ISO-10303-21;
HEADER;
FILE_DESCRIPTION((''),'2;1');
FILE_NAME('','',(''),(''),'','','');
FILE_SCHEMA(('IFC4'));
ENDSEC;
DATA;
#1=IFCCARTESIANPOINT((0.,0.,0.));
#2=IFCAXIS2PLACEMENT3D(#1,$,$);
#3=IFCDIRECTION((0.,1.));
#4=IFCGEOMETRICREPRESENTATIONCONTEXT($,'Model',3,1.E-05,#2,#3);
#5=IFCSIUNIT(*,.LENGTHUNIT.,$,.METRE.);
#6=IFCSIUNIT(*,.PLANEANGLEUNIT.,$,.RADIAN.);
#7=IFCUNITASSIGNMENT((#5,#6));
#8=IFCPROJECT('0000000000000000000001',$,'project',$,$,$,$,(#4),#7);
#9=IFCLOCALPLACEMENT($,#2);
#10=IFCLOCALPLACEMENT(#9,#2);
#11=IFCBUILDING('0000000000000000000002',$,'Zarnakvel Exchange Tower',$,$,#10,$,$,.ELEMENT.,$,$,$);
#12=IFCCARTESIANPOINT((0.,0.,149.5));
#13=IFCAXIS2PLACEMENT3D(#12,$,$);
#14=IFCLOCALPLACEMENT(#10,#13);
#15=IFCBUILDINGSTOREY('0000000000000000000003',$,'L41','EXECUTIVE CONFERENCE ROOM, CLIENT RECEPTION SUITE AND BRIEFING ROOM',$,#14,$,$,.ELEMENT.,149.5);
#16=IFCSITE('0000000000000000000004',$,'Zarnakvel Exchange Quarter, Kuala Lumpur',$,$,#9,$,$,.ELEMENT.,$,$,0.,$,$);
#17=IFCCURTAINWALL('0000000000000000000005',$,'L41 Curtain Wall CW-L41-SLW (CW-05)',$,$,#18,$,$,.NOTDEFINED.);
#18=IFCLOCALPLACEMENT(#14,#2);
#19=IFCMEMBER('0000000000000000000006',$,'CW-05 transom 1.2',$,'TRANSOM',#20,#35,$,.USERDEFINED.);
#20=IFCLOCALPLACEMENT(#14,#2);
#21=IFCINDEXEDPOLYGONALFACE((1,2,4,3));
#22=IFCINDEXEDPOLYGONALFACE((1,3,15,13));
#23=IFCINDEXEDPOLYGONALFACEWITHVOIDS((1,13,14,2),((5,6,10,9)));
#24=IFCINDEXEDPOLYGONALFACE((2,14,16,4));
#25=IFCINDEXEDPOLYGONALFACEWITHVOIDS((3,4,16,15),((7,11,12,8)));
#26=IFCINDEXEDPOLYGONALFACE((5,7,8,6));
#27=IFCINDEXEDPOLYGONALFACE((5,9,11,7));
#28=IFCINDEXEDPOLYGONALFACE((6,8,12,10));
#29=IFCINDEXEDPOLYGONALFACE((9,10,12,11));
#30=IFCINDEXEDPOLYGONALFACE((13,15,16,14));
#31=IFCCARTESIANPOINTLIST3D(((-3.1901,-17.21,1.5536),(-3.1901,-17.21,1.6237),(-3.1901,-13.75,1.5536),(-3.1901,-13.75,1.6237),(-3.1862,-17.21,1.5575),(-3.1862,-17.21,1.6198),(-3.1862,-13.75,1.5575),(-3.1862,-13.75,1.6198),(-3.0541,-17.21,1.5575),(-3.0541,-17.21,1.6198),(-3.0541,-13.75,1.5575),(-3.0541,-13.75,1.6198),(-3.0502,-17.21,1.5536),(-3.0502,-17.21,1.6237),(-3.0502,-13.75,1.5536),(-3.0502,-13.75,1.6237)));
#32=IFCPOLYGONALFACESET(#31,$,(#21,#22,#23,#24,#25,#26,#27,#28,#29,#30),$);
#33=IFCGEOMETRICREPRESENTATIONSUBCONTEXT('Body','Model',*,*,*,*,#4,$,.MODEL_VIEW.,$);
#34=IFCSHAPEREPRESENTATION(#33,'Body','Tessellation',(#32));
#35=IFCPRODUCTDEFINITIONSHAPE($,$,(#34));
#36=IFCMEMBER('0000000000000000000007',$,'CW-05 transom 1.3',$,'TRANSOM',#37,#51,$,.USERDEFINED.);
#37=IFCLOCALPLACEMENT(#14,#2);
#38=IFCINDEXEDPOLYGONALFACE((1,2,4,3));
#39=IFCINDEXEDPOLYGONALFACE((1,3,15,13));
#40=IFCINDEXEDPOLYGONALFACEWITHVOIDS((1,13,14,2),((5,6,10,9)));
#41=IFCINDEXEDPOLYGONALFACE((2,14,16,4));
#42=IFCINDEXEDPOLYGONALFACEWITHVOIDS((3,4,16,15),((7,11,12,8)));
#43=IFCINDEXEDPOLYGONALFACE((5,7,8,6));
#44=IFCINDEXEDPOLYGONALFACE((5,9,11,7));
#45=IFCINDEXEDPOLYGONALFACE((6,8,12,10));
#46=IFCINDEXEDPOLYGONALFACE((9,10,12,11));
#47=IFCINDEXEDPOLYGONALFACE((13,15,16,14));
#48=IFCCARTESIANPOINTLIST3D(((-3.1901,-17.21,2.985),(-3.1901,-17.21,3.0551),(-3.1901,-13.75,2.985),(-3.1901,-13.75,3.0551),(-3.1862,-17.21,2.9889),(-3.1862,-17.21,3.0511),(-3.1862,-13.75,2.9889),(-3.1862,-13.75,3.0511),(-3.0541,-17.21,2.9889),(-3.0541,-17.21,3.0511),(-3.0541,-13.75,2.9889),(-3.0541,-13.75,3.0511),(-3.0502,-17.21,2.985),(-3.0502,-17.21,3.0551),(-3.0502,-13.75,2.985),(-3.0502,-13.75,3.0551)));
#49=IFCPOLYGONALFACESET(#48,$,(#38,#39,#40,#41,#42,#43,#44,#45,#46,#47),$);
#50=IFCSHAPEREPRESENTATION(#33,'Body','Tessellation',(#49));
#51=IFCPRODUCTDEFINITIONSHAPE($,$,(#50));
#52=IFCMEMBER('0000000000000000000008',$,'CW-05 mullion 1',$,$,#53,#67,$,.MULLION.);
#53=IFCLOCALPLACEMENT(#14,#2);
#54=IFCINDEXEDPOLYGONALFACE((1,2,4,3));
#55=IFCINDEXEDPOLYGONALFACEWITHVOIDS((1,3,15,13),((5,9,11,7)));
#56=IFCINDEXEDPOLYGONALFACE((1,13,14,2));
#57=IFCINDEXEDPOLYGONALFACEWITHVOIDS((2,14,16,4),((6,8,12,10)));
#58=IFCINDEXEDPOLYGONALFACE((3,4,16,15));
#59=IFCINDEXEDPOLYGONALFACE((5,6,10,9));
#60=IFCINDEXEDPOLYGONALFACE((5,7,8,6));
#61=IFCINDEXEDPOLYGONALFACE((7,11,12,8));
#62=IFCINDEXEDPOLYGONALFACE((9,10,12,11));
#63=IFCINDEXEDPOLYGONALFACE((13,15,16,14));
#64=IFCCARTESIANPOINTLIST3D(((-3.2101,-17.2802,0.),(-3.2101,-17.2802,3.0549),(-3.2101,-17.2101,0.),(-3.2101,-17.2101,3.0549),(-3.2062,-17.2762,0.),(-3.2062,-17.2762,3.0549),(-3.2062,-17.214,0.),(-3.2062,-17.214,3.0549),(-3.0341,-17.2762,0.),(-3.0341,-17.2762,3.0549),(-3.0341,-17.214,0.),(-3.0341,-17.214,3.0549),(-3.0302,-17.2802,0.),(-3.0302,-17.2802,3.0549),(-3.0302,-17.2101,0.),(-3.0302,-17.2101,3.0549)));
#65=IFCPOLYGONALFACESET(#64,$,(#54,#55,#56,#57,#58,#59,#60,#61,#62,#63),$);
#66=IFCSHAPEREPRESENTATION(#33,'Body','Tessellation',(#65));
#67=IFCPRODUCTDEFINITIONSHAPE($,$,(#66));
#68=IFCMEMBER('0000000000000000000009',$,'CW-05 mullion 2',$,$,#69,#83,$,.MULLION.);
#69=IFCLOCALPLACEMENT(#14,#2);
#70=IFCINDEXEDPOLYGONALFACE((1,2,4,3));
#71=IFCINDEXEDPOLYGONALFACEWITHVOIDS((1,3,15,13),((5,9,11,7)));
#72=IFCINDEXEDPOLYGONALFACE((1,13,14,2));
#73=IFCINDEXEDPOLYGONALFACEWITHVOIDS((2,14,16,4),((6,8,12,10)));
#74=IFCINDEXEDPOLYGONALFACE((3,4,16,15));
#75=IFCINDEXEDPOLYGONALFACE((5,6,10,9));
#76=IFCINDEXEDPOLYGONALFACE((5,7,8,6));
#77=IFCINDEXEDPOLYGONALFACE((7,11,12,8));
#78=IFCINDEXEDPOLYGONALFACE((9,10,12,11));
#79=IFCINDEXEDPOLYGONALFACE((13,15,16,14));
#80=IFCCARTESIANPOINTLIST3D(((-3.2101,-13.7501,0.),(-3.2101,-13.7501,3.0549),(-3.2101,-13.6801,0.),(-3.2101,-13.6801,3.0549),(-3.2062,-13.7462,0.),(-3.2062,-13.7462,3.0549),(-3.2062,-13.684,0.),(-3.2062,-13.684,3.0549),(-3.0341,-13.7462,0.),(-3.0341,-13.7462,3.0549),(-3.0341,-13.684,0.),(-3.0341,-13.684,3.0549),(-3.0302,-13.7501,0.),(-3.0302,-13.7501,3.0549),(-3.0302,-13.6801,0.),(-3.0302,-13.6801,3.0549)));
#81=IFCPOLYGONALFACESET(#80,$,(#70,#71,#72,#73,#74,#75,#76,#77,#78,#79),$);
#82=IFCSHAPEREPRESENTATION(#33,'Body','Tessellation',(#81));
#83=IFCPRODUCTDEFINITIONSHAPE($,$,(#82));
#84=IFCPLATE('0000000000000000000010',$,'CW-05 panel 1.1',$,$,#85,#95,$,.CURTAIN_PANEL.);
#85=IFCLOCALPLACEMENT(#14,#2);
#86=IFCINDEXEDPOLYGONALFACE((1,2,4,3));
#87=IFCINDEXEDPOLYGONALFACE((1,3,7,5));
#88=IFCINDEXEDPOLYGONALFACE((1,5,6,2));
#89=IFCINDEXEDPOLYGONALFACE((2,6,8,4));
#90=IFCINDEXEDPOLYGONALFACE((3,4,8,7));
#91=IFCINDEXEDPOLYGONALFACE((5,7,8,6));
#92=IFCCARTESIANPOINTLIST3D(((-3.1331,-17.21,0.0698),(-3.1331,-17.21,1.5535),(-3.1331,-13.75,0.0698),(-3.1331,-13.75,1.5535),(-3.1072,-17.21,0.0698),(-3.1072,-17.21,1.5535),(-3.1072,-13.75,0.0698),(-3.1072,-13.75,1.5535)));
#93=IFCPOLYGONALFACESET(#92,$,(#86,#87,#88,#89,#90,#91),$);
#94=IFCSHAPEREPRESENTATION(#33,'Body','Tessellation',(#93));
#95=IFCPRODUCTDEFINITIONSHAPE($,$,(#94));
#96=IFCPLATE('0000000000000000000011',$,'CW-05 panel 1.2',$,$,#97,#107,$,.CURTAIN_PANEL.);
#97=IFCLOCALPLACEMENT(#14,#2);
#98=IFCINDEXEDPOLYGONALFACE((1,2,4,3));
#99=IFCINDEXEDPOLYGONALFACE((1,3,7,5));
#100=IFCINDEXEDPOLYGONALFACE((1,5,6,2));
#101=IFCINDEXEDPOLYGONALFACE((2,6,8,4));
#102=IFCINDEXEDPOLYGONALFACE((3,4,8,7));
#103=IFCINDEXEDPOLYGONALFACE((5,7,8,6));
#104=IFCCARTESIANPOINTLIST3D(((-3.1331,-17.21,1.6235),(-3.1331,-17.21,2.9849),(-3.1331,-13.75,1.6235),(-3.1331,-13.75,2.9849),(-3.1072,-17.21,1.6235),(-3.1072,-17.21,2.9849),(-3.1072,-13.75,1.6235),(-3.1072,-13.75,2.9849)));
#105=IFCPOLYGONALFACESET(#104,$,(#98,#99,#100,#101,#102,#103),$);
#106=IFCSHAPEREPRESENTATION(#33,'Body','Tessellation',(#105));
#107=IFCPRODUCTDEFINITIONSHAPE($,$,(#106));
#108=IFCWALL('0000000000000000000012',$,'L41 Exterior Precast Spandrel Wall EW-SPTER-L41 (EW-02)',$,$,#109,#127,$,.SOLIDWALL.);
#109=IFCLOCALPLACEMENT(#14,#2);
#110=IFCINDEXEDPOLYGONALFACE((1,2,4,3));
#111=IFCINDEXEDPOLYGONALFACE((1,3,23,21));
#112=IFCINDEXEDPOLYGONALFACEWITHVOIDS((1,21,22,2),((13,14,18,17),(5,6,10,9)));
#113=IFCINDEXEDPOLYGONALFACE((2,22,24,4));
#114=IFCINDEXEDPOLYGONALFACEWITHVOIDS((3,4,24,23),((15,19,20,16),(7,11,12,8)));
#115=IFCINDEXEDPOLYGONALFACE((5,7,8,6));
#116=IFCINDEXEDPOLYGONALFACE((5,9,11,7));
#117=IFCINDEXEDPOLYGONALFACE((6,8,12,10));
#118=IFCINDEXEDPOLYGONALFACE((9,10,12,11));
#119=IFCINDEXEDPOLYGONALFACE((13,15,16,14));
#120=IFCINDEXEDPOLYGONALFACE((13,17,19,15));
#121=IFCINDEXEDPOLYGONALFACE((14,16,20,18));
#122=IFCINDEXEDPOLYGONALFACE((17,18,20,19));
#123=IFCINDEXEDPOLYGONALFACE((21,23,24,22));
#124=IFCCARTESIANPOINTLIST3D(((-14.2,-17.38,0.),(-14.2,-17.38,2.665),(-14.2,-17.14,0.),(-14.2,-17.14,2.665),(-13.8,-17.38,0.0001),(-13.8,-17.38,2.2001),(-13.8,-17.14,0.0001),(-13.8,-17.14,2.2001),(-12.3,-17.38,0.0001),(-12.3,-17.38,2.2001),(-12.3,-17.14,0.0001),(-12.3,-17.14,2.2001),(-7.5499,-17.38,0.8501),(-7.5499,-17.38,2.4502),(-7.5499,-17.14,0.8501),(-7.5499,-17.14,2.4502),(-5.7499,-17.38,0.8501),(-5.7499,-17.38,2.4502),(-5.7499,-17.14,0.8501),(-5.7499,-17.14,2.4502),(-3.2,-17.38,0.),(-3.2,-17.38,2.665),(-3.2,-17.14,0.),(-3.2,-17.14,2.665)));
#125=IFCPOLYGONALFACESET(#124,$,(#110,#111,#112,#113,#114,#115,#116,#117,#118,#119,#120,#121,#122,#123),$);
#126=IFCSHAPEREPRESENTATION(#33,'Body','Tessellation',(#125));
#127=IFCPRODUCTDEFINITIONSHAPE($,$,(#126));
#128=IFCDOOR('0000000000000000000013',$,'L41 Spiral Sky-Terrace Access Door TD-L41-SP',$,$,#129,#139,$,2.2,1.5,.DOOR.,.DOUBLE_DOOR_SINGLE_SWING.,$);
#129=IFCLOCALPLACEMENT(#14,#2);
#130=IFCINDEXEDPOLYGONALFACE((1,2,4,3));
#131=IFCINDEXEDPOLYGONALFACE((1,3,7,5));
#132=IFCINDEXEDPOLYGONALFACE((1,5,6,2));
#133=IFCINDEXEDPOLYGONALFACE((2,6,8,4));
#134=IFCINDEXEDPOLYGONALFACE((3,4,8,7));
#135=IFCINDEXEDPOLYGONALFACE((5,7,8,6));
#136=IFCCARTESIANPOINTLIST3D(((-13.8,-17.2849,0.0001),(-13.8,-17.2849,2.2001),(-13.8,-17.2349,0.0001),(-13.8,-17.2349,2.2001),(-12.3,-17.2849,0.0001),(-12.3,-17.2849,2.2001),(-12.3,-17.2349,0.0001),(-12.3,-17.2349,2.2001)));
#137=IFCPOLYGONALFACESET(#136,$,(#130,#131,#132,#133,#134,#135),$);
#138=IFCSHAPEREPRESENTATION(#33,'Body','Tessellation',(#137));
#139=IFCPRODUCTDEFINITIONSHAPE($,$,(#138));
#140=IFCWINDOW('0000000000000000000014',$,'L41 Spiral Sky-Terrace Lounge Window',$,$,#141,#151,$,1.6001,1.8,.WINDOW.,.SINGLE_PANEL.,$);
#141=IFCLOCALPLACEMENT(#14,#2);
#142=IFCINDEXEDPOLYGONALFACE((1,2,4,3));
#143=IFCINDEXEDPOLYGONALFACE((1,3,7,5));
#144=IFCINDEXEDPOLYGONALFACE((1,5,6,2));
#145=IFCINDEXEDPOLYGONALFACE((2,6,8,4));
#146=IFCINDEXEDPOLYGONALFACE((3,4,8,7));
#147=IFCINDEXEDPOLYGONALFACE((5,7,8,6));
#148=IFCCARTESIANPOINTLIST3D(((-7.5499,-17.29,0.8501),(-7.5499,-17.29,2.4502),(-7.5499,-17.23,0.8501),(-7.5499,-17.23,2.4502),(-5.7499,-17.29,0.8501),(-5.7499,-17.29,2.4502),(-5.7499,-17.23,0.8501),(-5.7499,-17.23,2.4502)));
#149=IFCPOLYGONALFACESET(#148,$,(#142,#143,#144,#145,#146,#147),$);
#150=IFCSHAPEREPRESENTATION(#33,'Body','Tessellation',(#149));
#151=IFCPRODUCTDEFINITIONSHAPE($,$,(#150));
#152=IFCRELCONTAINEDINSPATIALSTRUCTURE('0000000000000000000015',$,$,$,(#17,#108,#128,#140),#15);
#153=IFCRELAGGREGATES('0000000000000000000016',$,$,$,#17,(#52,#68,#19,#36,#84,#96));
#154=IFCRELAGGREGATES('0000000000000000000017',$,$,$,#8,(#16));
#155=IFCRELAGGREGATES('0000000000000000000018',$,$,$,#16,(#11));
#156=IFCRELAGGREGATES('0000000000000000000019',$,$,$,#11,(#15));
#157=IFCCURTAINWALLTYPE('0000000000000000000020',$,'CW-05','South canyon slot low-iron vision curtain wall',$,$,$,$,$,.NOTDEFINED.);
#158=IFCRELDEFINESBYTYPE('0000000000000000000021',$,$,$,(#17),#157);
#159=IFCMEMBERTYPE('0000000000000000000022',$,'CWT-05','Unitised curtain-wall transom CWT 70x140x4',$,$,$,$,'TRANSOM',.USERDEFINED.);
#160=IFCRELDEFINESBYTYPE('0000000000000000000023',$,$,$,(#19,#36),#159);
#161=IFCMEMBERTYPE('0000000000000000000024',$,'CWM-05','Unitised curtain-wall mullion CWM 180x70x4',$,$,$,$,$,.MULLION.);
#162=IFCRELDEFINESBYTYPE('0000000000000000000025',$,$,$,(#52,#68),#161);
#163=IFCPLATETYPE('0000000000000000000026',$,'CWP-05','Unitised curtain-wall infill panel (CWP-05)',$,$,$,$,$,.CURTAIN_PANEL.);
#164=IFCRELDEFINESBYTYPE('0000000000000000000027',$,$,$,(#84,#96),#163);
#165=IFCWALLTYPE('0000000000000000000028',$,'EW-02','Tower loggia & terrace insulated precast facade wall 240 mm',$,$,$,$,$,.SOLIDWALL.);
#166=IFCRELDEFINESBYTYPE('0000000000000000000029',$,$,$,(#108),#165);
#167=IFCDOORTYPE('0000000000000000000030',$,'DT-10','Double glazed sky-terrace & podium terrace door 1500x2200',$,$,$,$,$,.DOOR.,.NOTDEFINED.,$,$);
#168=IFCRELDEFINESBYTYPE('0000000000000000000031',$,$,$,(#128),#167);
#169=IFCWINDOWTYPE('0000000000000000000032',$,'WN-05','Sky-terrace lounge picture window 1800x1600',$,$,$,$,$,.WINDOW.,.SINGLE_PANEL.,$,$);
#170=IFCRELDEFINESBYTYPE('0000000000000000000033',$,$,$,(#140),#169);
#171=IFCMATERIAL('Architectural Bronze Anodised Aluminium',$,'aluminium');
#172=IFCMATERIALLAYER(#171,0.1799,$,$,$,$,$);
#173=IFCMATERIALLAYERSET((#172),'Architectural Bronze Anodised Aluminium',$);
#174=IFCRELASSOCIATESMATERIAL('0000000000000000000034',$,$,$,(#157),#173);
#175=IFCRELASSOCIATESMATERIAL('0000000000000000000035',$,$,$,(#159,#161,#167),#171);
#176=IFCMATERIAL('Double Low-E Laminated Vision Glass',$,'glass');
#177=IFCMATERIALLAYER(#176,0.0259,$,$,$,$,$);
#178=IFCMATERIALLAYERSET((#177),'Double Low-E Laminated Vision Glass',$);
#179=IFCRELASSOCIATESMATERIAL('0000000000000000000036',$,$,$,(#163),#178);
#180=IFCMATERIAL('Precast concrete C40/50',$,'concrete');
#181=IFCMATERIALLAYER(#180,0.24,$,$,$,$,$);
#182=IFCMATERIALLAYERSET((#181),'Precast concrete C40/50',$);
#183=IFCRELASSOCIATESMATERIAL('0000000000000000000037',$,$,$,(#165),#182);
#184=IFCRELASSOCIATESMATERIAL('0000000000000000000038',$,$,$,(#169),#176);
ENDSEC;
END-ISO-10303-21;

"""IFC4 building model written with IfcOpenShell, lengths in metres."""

from ifc_helpers import new_model, si_unit, direction, frame, frame_2d, origin, origin_2d, place, context, subcontext, project, spatial, rectangle, hollow_rectangle, extrude, source, transform, mapped, material, layer, layer_set, material_profile, profile_set, type_object, element, fill, aggregate, save


model = new_model("IFC4")

# Units and contexts
model_context = context("Model", 3, precision=1e-05, world=origin(), true_north=direction((0.0, 1.0)))
body_context = subcontext(model_context, "Body", "Model", "MODEL_VIEW")
ifc_project = project(units=[si_unit("LENGTHUNIT", "METRE"), si_unit("PLANEANGLEUNIT", "RADIAN")], contexts=[model_context])

# Site, building, storey
site_placement = place(None, origin())
site = spatial("IfcSite", under=ifc_project, at=site_placement, Name="Zarnakvel Exchange Quarter, Kuala Lumpur", CompositionType="ELEMENT", RefElevation=0.0)
building_placement = place(site_placement, origin())
building = spatial("IfcBuilding", under=site, at=building_placement, Name="Zarnakvel Exchange Tower", CompositionType="ELEMENT")
storey_placement = place(building_placement, frame((0.0, 0.0, 149.5)))
storey = spatial("IfcBuildingStorey", under=building, at=storey_placement, Name="L41", Description="EXECUTIVE CONFERENCE ROOM, CLIENT RECEPTION SUITE AND BRIEFING ROOM", CompositionType="ELEMENT", Elevation=149.5)

# Curtain wall, members, plates
ifc_material_1 = material(Name="Architectural Bronze Anodised Aluminium", Category="aluminium")
ifc_layer_1 = layer(ifc_material_1, 0.1799)
ifc_layer_set_1 = layer_set([ifc_layer_1], Name="Architectural Bronze Anodised Aluminium")
curtain_wall_type = type_object("IfcCurtainWallType", Name="CW-05", Description="South canyon slot low-iron vision curtain wall", PredefinedType="NOTDEFINED", material=ifc_layer_set_1)
curtain_wall_placement = place(storey_placement, origin())
curtain_wall = element("IfcCurtainWall", 1, at=curtain_wall_placement, inside=storey, type_object=curtain_wall_type, Name="L41 Curtain Wall CW-L41-SLW (CW-05)", PredefinedType="NOTDEFINED")
ifc_material_profile_1 = material_profile(ifc_material_1, hollow_rectangle(XDim=0.1399, YDim=0.0701, WallThickness=0.0039, at=origin_2d()))
ifc_profile_set_1 = profile_set([ifc_material_profile_1], Name="Architectural Bronze Anodised Aluminium")
member_type_1 = type_object("IfcMemberType", Name="CWT-05", Description="Unitised curtain-wall transom CWT 70x140x4", ElementType="TRANSOM", PredefinedType="USERDEFINED", material=ifc_profile_set_1)
shared_shape_1 = source(origin(), body_context, "Body", "SweptSolid", [
    extrude(hollow_rectangle(XDim=0.1399, YDim=0.0701, WallThickness=0.0039, at=origin_2d()), origin(), (0.0, 0.0, 1.0), 3.46),
])
member_1_placement = place(storey_placement, frame((-3.1201, -17.21, 1.5886), z_axis=(0.0, 1.0, 0.0), x_axis=(-1.0, 0.0, 0.0)))
member_1 = element("IfcMember", 2, at=member_1_placement, type_object=member_type_1, Name="CW-05 transom 1.2", ObjectType="TRANSOM", PredefinedType="USERDEFINED", context=body_context, shape_type="MappedRepresentation", body=[
    mapped(shared_shape_1, transform((0.0, 0.0, 0.0), x_axis=(1.0, 0.0, 0.0), y_axis=(0.0, 1.0, 0.0), z_axis=(0.0, 0.0, 1.0), scale=1.0)),
])
member_2_placement = place(storey_placement, frame((-3.1201, -17.21, 3.02), z_axis=(0.0, 1.0, 0.0), x_axis=(-1.0, 0.0, 0.0)))
member_2 = element("IfcMember", 3, at=member_2_placement, type_object=member_type_1, Name="CW-05 transom 1.3", ObjectType="TRANSOM", PredefinedType="USERDEFINED", context=body_context, shape_type="MappedRepresentation", body=[
    mapped(shared_shape_1, transform((0.0, 0.0, 0.0), x_axis=(1.0, 0.0, 0.0), y_axis=(0.0, 1.0, 0.0), z_axis=(0.0, 0.0, 1.0), scale=1.0)),
])
ifc_material_profile_2 = material_profile(ifc_material_1, hollow_rectangle(XDim=0.1799, YDim=0.0701, WallThickness=0.0039, at=origin_2d()))
ifc_profile_set_2 = profile_set([ifc_material_profile_2], Name="Architectural Bronze Anodised Aluminium")
member_type_2 = type_object("IfcMemberType", Name="CWM-05", Description="Unitised curtain-wall mullion CWM 180x70x4", PredefinedType="MULLION", material=ifc_profile_set_2)
shared_shape_2 = source(origin(), body_context, "Body", "SweptSolid", [
    extrude(hollow_rectangle(XDim=0.1799, YDim=0.0701, WallThickness=0.0039, at=origin_2d()), origin(), (0.0, 0.0, 1.0), 3.0549),
])
member_3_placement = place(storey_placement, frame((-3.1201, -17.2451, 0.0), z_axis=(0.0, 0.0, 1.0), x_axis=(-1.0, 0.0, 0.0)))
member_3 = element("IfcMember", 4, at=member_3_placement, type_object=member_type_2, Name="CW-05 mullion 1", PredefinedType="MULLION", context=body_context, shape_type="MappedRepresentation", body=[
    mapped(shared_shape_2, transform((0.0, 0.0, 0.0), x_axis=(1.0, 0.0, 0.0), y_axis=(0.0, 1.0, 0.0), z_axis=(0.0, 0.0, 1.0), scale=1.0)),
])
member_4_placement = place(storey_placement, frame((-3.1201, -13.7151, 0.0), z_axis=(0.0, 0.0, 1.0), x_axis=(-1.0, 0.0, 0.0)))
member_4 = element("IfcMember", 5, at=member_4_placement, type_object=member_type_2, Name="CW-05 mullion 2", PredefinedType="MULLION", context=body_context, shape_type="MappedRepresentation", body=[
    mapped(shared_shape_2, transform((0.0, 0.0, 0.0), x_axis=(1.0, 0.0, 0.0), y_axis=(0.0, 1.0, 0.0), z_axis=(0.0, 0.0, 1.0), scale=1.0)),
])
ifc_material_2 = material(Name="Double Low-E Laminated Vision Glass", Category="glass")
ifc_layer_2 = layer(ifc_material_2, 0.0259)
ifc_layer_set_2 = layer_set([ifc_layer_2], Name="Double Low-E Laminated Vision Glass")
plate_type = type_object("IfcPlateType", Name="CWP-05", Description="Unitised curtain-wall infill panel (CWP-05)", PredefinedType="CURTAIN_PANEL", material=ifc_layer_set_2)
shared_shape_3 = source(origin(), body_context, "Body", "SweptSolid", [
    extrude(rectangle(XDim=3.46, YDim=0.0259, at=origin_2d()), origin(), (0.0, 0.0, 1.0), 1.4836),
])
plate_1_placement = place(storey_placement, frame((-3.1201, -15.48, 0.0698), z_axis=(0.0, 0.0, 1.0), x_axis=(0.0, 1.0, 0.0)))
plate_1 = element("IfcPlate", 6, at=plate_1_placement, type_object=plate_type, Name="CW-05 panel 1.1", PredefinedType="CURTAIN_PANEL", context=body_context, shape_type="MappedRepresentation", body=[
    mapped(shared_shape_3, transform((0.0, 0.0, 0.0), x_axis=(1.0, 0.0, 0.0), y_axis=(0.0, 1.0, 0.0), z_axis=(0.0, 0.0, 1.0), scale=1.0)),
])
shared_shape_4 = source(origin(), body_context, "Body", "SweptSolid", [
    extrude(rectangle(XDim=3.46, YDim=0.0259, at=origin_2d()), origin(), (0.0, 0.0, 1.0), 1.3613),
])
plate_2_placement = place(storey_placement, frame((-3.1201, -15.48, 1.6235), z_axis=(0.0, 0.0, 1.0), x_axis=(0.0, 1.0, 0.0)))
plate_2 = element("IfcPlate", 7, at=plate_2_placement, type_object=plate_type, Name="CW-05 panel 1.2", PredefinedType="CURTAIN_PANEL", context=body_context, shape_type="MappedRepresentation", body=[
    mapped(shared_shape_4, transform((0.0, 0.0, 0.0), x_axis=(1.0, 0.0, 0.0), y_axis=(0.0, 1.0, 0.0), z_axis=(0.0, 0.0, 1.0), scale=1.0)),
])
aggregate(curtain_wall, [member_3, member_4, member_1, member_2, plate_1, plate_2])

# Wall, openings, door, window
ifc_material_3 = material(Name="Precast concrete C40/50", Category="concrete")
ifc_layer_3 = layer(ifc_material_3, 0.24)
ifc_layer_set_3 = layer_set([ifc_layer_3], Name="Precast concrete C40/50")
wall_type = type_object("IfcWallType", Name="EW-02", Description="Tower loggia & terrace insulated precast facade wall 240 mm", PredefinedType="SOLIDWALL", material=ifc_layer_set_3)
wall_placement = place(storey_placement, frame((-3.2, -17.26, 0.0), z_axis=(0.0, 0.0, 1.0), x_axis=(-1.0, 0.0, 0.0)))
wall = element("IfcWall", 8, at=wall_placement, inside=storey, type_object=wall_type, Name="L41 Exterior Precast Spandrel Wall EW-SPTER-L41 (EW-02)", PredefinedType="SOLIDWALL", context=body_context, shape_type="SweptSolid", body=[
    extrude(rectangle(XDim=11.0, YDim=0.24, at=frame_2d((5.5, 0.0))), origin(), (0.0, 0.0, 1.0), 2.665),
])
opening_1_placement = place(wall_placement, frame((9.1001, 0.0, 0.0)))
opening_1 = element("IfcOpeningElement", 9, at=opening_1_placement, cuts=wall, PredefinedType="OPENING", context=body_context, shape_type="SweptSolid", body=[
    extrude(rectangle(XDim=1.5, YDim=2.2, at=frame_2d((0.75, 1.1001))), frame((0.0, 0.1299, 0.0), z_axis=(0.0, -1.0, 0.0), x_axis=(1.0, 0.0, 0.0)), (0.0, 0.0, 1.0), 0.26),
])
opening_2_placement = place(wall_placement, frame((2.55, 0.0, 0.8501)))
opening_2 = element("IfcOpeningElement", 10, at=opening_2_placement, cuts=wall, PredefinedType="OPENING", context=body_context, shape_type="SweptSolid", body=[
    extrude(rectangle(XDim=1.8, YDim=1.6001, at=frame_2d((0.8999, 0.8))), frame((0.0, 0.1299, 0.0), z_axis=(0.0, -1.0, 0.0), x_axis=(1.0, 0.0, 0.0)), (0.0, 0.0, 1.0), 0.26),
])
door_type = type_object("IfcDoorType", Name="DT-10", Description="Double glazed sky-terrace & podium terrace door 1500x2200", OperationType="NOTDEFINED", PredefinedType="DOOR", material=ifc_material_1)
shared_shape_5 = source(origin(), body_context, "Body", "SweptSolid", [
    extrude(rectangle(XDim=1.5, YDim=2.2, at=frame_2d((0.75, 1.1001))), frame((0.0, 0.0249, 0.0), z_axis=(0.0, -1.0, 0.0), x_axis=(1.0, 0.0, 0.0)), (0.0, 0.0, 1.0), 0.05),
])
door_placement = place(opening_1_placement, origin())
door = element("IfcDoor", 11, at=door_placement, inside=storey, type_object=door_type, Name="L41 Spiral Sky-Terrace Access Door TD-L41-SP", OperationType="DOUBLE_DOOR_SINGLE_SWING", OverallHeight=2.2, OverallWidth=1.5, PredefinedType="DOOR", context=body_context, shape_type="MappedRepresentation", body=[
    mapped(shared_shape_5, transform((0.0, 0.0, 0.0), x_axis=(1.0, 0.0, 0.0), y_axis=(0.0, 1.0, 0.0), z_axis=(0.0, 0.0, 1.0), scale=1.0)),
])
fill(opening_1, door)
window_type = type_object("IfcWindowType", Name="WN-05", Description="Sky-terrace lounge picture window 1800x1600", PartitioningType="SINGLE_PANEL", PredefinedType="WINDOW", material=ifc_material_2)
shared_shape_6 = source(origin(), body_context, "Body", "SweptSolid", [
    extrude(rectangle(XDim=1.8, YDim=1.6001, at=frame_2d((0.8999, 0.8))), frame((0.0, 0.03, 0.0), z_axis=(0.0, -1.0, 0.0), x_axis=(1.0, 0.0, 0.0)), (0.0, 0.0, 1.0), 0.0601),
])
window_placement = place(opening_2_placement, origin())
window = element("IfcWindow", 12, at=window_placement, inside=storey, type_object=window_type, Name="L41 Spiral Sky-Terrace Lounge Window", OverallHeight=1.6001, OverallWidth=1.8, PartitioningType="SINGLE_PANEL", PredefinedType="WINDOW", context=body_context, shape_type="MappedRepresentation", body=[
    mapped(shared_shape_6, transform((0.0, 0.0, 0.0), x_axis=(1.0, 0.0, 0.0), y_axis=(0.0, 1.0, 0.0), z_axis=(0.0, 0.0, 1.0), scale=1.0)),
])
fill(opening_2, window)

save(model, "model.ifc")
